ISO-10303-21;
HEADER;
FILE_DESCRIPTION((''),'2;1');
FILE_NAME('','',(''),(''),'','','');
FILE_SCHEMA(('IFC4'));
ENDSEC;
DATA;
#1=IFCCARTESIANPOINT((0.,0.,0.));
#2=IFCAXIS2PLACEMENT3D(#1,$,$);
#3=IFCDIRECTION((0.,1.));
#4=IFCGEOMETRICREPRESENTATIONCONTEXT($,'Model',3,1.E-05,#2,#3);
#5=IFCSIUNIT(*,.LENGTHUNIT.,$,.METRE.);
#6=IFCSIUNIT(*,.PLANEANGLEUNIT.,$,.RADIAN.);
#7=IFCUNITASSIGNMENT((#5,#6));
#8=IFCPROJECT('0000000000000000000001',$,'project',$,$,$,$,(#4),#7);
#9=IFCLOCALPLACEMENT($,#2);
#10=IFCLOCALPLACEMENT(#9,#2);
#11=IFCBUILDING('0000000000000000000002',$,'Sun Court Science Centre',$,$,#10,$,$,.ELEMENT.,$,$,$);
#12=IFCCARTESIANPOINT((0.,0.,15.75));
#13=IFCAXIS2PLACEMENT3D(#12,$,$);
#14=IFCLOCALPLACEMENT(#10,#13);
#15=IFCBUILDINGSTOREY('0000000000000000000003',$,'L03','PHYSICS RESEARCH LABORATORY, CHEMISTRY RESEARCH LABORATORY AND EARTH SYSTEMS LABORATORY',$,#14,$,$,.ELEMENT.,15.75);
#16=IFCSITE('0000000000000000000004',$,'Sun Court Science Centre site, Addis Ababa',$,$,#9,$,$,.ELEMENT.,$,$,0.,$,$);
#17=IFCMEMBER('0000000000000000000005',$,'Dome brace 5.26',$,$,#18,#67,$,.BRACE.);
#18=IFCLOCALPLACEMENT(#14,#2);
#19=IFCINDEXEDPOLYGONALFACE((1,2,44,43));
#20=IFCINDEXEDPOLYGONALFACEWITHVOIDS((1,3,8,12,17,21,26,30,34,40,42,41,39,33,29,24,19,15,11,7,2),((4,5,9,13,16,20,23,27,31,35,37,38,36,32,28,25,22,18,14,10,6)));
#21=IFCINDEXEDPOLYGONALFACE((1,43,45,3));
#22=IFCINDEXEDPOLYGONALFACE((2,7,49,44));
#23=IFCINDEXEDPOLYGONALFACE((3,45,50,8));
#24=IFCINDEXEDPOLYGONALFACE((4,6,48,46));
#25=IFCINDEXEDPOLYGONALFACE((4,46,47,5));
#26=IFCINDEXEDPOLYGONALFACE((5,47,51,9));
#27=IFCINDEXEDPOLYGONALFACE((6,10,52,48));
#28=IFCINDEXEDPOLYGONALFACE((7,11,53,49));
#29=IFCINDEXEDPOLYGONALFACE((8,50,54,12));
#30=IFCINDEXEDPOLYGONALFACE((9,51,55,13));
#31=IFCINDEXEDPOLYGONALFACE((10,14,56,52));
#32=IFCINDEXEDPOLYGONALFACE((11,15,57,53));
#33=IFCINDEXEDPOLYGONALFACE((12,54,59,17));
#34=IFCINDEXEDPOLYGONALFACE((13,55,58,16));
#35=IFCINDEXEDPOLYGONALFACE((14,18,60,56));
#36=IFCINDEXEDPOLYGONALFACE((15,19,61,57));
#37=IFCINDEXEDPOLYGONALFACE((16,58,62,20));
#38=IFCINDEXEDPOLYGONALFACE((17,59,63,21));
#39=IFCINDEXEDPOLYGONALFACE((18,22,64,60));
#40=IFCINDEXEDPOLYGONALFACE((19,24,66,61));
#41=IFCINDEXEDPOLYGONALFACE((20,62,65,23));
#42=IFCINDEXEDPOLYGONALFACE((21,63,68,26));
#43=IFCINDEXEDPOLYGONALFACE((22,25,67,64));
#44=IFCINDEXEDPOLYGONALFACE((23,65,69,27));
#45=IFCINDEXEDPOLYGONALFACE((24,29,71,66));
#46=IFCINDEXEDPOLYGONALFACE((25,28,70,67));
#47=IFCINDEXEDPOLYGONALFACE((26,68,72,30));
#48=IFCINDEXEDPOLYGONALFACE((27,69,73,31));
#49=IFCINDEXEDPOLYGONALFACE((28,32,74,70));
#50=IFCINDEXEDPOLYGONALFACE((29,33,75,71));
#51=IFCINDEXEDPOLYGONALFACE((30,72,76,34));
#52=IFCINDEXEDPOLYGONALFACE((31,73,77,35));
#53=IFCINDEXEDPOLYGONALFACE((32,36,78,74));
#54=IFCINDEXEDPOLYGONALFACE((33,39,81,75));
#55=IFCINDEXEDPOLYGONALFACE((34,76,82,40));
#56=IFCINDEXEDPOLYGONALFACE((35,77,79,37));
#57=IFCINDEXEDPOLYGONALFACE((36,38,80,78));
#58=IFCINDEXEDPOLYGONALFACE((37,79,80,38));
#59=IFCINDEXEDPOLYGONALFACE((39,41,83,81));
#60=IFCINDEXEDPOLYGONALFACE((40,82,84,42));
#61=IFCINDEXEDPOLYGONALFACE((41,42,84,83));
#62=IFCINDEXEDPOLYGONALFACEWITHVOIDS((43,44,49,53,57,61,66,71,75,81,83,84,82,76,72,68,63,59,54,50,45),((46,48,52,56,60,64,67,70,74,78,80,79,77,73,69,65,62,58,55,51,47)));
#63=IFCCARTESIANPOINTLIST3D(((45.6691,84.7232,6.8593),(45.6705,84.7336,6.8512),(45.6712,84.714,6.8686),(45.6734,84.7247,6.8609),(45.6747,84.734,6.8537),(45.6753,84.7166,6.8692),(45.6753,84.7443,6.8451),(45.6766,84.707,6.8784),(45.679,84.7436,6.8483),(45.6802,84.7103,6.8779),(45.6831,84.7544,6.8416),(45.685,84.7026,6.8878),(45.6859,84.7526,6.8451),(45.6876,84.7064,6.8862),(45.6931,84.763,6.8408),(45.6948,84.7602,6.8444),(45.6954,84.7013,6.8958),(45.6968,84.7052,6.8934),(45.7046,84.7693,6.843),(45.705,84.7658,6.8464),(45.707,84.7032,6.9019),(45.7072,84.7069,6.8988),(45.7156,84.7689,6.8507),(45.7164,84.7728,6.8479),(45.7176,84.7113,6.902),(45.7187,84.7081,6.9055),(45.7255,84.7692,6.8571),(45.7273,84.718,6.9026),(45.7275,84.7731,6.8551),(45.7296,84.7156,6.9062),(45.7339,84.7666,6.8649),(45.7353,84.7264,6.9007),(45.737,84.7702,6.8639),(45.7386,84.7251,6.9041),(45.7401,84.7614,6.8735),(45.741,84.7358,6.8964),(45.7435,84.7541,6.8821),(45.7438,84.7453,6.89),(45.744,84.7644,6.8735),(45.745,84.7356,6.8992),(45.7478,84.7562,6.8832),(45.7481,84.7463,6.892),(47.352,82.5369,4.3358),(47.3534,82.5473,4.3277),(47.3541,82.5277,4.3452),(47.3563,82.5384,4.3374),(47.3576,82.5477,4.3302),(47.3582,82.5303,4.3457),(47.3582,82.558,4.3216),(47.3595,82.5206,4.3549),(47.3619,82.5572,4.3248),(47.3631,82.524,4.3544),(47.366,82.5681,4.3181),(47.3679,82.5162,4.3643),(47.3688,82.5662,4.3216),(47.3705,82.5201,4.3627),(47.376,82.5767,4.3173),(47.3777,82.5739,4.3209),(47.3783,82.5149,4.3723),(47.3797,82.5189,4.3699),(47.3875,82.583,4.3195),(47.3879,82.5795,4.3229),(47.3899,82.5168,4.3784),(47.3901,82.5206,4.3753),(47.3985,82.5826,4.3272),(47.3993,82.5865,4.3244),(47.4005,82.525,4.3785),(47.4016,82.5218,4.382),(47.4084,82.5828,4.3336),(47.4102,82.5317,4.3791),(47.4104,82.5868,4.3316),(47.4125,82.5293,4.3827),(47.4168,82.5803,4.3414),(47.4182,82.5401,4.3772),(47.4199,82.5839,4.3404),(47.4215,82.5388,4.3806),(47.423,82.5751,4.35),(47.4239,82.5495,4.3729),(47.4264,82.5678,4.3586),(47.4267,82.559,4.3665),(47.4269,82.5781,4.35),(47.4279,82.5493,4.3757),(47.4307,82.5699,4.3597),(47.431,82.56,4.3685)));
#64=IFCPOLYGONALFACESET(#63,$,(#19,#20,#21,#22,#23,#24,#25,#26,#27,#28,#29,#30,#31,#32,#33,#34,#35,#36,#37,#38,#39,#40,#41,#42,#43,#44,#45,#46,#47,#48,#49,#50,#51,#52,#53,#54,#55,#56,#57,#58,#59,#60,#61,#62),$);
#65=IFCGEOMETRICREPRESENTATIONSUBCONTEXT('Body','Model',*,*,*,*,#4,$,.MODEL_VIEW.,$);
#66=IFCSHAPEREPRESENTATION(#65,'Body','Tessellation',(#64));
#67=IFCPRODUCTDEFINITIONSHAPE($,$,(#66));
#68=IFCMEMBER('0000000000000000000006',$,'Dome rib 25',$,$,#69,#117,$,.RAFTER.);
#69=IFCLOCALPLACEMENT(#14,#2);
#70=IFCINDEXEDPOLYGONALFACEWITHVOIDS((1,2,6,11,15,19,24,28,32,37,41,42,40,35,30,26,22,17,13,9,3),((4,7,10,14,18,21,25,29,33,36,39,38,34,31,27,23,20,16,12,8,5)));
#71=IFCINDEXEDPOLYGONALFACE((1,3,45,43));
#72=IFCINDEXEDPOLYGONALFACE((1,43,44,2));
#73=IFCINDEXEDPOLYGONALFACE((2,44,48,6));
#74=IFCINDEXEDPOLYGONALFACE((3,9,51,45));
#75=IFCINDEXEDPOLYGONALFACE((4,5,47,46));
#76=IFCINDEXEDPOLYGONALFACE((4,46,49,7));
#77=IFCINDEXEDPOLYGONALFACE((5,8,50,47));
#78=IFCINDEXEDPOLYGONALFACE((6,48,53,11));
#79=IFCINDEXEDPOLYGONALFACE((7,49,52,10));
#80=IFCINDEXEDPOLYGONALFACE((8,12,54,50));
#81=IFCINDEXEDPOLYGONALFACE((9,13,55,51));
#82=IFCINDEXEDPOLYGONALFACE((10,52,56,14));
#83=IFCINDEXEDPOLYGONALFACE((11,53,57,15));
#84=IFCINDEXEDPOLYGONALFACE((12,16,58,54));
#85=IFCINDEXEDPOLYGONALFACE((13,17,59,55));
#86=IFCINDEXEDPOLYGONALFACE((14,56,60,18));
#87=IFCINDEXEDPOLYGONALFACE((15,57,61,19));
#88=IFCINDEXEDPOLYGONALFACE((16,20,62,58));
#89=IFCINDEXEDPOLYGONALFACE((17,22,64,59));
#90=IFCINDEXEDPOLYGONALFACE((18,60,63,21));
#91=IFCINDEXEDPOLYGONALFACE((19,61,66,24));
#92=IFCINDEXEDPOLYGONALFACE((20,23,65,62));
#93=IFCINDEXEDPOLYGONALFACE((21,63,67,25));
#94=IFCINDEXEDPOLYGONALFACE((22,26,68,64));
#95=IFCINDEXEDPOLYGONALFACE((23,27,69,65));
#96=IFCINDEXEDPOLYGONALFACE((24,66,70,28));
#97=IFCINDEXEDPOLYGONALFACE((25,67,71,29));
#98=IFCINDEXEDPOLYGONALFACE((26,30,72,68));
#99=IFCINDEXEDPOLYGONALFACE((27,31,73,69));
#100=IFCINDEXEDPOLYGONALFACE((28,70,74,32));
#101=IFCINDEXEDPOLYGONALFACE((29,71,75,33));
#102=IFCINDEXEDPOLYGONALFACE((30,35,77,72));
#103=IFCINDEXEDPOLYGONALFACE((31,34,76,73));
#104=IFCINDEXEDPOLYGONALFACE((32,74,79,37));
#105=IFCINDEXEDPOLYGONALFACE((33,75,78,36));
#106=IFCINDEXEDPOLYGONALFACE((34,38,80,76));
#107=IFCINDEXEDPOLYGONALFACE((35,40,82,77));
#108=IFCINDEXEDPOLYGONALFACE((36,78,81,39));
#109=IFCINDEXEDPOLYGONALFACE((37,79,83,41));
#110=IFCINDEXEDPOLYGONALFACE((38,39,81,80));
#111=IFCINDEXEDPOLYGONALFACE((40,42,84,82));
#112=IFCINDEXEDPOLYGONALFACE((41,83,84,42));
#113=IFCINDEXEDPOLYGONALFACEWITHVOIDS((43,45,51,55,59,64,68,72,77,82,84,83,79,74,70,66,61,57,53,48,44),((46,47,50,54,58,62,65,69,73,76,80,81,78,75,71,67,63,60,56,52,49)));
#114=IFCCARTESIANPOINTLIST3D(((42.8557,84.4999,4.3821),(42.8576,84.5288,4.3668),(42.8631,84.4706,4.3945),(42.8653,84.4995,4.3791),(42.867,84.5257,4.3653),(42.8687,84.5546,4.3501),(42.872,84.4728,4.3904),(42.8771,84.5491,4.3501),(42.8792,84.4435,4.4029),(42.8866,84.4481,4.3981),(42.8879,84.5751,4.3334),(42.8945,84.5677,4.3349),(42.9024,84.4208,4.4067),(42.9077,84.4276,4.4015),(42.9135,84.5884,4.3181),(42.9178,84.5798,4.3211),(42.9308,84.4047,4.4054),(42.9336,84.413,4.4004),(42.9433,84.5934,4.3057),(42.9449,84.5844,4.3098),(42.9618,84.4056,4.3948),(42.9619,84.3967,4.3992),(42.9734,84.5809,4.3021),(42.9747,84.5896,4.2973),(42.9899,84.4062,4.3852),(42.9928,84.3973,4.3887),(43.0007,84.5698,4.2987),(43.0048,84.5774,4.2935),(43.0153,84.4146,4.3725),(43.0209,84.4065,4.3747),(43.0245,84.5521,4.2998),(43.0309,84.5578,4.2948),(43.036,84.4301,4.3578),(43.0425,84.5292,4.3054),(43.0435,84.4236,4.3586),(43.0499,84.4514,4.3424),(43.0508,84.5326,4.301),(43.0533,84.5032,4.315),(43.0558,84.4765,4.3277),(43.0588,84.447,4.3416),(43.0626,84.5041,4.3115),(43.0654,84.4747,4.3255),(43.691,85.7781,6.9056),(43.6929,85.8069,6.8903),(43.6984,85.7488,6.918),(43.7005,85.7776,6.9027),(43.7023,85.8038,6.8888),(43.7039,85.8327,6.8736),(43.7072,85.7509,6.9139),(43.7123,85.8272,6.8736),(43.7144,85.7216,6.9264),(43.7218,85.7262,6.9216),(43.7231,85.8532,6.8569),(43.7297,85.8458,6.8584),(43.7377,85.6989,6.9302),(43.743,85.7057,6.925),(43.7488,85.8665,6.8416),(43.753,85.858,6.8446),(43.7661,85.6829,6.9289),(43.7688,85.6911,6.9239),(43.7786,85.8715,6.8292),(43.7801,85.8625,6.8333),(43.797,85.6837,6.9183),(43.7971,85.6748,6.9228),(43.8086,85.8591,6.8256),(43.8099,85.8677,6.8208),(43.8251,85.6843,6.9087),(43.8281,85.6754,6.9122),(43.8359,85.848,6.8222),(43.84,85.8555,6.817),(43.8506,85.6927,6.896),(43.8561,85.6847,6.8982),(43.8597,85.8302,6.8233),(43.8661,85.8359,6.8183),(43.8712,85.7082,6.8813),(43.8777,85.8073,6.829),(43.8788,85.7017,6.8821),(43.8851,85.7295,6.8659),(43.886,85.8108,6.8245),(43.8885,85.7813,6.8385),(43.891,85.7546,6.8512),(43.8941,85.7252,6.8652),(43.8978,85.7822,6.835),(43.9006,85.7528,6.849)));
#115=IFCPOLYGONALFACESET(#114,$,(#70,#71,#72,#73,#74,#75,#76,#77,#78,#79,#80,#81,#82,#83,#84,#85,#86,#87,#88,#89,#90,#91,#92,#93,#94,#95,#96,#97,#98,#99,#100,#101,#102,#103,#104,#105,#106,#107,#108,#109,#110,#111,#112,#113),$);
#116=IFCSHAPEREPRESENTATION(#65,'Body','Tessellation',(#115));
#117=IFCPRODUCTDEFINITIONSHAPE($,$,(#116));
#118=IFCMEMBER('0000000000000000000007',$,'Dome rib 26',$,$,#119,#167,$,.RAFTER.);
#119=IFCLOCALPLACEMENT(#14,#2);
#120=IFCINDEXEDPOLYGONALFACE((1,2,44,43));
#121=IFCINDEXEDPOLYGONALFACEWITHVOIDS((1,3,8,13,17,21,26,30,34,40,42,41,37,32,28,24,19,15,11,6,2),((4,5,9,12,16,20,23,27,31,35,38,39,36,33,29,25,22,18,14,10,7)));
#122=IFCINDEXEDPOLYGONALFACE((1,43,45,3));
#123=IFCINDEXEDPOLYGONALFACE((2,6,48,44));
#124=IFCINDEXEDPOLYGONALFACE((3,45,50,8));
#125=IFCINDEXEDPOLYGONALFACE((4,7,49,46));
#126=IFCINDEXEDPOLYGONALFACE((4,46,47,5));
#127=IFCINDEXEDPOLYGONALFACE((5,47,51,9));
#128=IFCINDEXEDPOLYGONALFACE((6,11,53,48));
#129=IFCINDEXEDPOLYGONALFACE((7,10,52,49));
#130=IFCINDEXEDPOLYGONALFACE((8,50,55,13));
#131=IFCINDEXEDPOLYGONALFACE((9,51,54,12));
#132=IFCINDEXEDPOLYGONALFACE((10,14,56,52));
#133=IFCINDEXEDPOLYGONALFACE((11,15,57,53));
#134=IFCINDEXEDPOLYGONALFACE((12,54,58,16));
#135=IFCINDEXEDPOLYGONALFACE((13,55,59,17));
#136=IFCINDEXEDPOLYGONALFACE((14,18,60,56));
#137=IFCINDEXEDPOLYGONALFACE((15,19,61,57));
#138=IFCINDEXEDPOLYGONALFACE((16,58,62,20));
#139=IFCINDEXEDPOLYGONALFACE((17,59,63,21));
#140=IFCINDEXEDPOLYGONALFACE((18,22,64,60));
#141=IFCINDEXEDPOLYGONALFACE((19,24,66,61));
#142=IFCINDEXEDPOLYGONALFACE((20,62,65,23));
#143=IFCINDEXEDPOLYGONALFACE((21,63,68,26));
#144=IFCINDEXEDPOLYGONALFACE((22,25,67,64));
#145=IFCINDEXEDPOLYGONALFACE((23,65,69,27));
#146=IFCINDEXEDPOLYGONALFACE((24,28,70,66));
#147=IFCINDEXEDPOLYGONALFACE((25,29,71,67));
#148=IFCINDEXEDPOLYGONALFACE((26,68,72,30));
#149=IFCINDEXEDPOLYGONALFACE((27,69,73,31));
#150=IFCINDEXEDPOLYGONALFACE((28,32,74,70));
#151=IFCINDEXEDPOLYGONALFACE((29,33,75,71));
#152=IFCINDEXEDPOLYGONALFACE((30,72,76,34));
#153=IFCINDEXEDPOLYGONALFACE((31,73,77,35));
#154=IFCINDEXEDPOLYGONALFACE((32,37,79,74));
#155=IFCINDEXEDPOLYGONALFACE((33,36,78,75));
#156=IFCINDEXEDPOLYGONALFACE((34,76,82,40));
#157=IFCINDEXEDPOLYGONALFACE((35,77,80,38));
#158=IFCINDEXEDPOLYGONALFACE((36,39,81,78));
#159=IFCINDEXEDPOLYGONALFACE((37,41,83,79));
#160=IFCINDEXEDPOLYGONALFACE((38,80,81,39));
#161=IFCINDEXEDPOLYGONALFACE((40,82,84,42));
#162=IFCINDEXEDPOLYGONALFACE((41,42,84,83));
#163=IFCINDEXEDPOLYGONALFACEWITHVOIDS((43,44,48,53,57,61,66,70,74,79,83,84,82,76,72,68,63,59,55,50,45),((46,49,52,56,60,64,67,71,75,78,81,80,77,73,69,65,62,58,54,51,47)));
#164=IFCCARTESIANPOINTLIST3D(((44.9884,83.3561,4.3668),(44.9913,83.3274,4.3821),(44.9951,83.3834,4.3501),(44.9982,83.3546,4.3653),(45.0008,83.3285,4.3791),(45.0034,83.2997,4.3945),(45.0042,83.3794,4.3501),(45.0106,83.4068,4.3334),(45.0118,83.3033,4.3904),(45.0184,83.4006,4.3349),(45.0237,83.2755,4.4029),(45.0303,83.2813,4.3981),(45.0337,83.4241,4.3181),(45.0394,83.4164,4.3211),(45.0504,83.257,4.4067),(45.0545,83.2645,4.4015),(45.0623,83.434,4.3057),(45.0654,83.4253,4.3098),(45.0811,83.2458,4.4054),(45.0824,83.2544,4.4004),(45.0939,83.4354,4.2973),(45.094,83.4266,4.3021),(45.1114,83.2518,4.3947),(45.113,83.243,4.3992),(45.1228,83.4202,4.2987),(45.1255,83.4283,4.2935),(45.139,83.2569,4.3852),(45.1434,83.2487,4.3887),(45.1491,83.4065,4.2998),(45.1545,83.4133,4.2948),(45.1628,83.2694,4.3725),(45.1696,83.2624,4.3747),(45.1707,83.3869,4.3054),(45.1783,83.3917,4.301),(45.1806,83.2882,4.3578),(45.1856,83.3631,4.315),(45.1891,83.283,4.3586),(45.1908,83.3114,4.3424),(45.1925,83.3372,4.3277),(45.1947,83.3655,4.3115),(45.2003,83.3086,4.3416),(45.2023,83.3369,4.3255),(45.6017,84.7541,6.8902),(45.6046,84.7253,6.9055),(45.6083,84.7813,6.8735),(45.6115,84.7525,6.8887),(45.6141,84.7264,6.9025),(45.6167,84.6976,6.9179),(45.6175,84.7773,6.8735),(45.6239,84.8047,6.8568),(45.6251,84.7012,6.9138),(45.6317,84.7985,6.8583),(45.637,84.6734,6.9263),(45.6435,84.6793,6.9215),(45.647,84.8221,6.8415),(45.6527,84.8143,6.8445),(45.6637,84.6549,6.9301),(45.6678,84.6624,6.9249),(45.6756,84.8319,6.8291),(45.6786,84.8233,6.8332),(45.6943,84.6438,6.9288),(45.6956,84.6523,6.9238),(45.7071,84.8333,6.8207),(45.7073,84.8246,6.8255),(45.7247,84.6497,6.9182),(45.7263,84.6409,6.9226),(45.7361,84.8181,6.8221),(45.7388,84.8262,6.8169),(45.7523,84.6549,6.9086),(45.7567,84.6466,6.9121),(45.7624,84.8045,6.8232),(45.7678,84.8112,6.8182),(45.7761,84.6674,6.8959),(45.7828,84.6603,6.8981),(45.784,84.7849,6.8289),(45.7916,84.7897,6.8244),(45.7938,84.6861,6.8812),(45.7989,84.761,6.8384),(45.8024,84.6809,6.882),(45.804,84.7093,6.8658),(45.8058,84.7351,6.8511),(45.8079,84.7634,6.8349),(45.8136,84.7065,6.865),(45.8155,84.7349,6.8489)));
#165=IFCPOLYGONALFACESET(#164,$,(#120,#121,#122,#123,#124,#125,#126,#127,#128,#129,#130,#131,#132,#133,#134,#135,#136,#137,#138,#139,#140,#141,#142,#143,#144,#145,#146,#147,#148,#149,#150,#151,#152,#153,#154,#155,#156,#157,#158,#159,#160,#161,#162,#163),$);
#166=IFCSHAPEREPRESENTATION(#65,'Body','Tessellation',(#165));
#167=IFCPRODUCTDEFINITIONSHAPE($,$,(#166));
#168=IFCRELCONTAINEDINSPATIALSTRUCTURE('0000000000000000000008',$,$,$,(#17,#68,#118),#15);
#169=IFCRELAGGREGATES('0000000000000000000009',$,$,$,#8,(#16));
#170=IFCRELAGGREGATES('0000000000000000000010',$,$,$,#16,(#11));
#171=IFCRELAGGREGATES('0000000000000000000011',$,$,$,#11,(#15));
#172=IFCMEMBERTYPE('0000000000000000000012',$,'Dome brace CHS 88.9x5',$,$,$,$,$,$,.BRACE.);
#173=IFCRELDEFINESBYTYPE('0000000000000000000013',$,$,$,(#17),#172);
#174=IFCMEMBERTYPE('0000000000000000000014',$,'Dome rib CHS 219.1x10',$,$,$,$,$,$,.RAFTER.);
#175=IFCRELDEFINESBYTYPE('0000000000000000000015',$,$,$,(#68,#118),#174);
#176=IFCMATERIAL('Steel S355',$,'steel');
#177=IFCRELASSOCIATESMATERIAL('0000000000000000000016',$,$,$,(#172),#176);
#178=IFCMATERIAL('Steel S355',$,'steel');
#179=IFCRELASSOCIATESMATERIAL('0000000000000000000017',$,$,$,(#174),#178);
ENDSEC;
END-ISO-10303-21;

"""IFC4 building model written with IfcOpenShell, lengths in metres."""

from ifc_helpers import new_model, si_unit, direction, frame, origin, origin_2d, place, context, subcontext, project, spatial, hollow_circle, extrude, material, material_profile, profile_set, type_object, element, save


model = new_model("IFC4")

# Units and contexts
model_context = context("Model", 3, precision=1e-05, world=origin(), true_north=direction((0.0, 1.0)))
body_context = subcontext(model_context, "Body", "Model", "MODEL_VIEW")
ifc_project = project(units=[si_unit("LENGTHUNIT", "METRE"), si_unit("PLANEANGLEUNIT", "RADIAN")], contexts=[model_context])

# Site, building, storey
site_placement = place(None, origin())
site = spatial("IfcSite", under=ifc_project, at=site_placement, Name="Sun Court Science Centre site, Addis Ababa", CompositionType="ELEMENT", RefElevation=0.0)
building_placement = place(site_placement, origin())
building = spatial("IfcBuilding", under=site, at=building_placement, Name="Sun Court Science Centre", CompositionType="ELEMENT")
storey_placement = place(building_placement, frame((0.0, 0.0, 15.75)))
storey = spatial("IfcBuildingStorey", under=building, at=storey_placement, Name="L03", Description="PHYSICS RESEARCH LABORATORY, CHEMISTRY RESEARCH LABORATORY AND EARTH SYSTEMS LABORATORY", CompositionType="ELEMENT", Elevation=15.75)

# Members
ifc_material_1 = material(Name="Steel S355", Category="steel")
ifc_material_profile_1 = material_profile(ifc_material_1, hollow_circle(Radius=0.0444, WallThickness=0.0049, at=origin_2d()), Name="CHS 88.9x5")
ifc_profile_set_1 = profile_set([ifc_material_profile_1], Name="Steel S355")
member_type_1 = type_object("IfcMemberType", Name="Dome brace CHS 88.9x5", PredefinedType="BRACE", material=ifc_profile_set_1)
member_1_placement = place(storey_placement, frame((45.7087, 84.7373, 6.8735), z_axis=(0.450092, -0.584734, -0.67491), x_axis=(0.79243, 0.609963, 0.0)))
element("IfcMember", 1, at=member_1_placement, inside=storey, type_object=member_type_1, Name="Dome brace 5.26", PredefinedType="BRACE", context=body_context, shape_type="SweptSolid", body=[
    extrude(hollow_circle(Radius=0.0444, WallThickness=0.0049, at=origin_2d()), origin(), (0.0, 0.0, 1.0), 3.739),
])
ifc_material_2 = material(Name="Steel S355", Category="steel")
ifc_material_profile_2 = material_profile(ifc_material_2, hollow_circle(Radius=0.1096, WallThickness=0.01, at=origin_2d()), Name="CHS 219.1x10")
ifc_profile_set_2 = profile_set([ifc_material_profile_2], Name="Steel S355")
member_type_2 = type_object("IfcMemberType", Name="Dome rib CHS 219.1x10", PredefinedType="RAFTER", material=ifc_profile_set_2)
member_2_placement = place(storey_placement, frame((42.9604, 84.4946, 4.3501), z_axis=(0.283181, 0.433339, 0.855585), x_axis=(-0.837108, 0.547038, 0.0)))
element("IfcMember", 2, at=member_2_placement, inside=storey, type_object=member_type_2, Name="Dome rib 25", PredefinedType="RAFTER", context=body_context, shape_type="SweptSolid", body=[
    extrude(hollow_circle(Radius=0.1096, WallThickness=0.01, at=origin_2d()), origin(), (0.0, 0.0, 1.0), 2.9495),
])
member_3_placement = place(storey_placement, frame((45.0955, 83.3394, 4.3501), z_axis=(0.207944, 0.474001, 0.855618), x_axis=(-0.915753, 0.401741, 0.0)))
element("IfcMember", 3, at=member_3_placement, inside=storey, type_object=member_type_2, Name="Dome rib 26", PredefinedType="RAFTER", context=body_context, shape_type="SweptSolid", body=[
    extrude(hollow_circle(Radius=0.1096, WallThickness=0.01, at=origin_2d()), origin(), (0.0, 0.0, 1.0), 2.9492),
])

save(model, "model.ifc")
